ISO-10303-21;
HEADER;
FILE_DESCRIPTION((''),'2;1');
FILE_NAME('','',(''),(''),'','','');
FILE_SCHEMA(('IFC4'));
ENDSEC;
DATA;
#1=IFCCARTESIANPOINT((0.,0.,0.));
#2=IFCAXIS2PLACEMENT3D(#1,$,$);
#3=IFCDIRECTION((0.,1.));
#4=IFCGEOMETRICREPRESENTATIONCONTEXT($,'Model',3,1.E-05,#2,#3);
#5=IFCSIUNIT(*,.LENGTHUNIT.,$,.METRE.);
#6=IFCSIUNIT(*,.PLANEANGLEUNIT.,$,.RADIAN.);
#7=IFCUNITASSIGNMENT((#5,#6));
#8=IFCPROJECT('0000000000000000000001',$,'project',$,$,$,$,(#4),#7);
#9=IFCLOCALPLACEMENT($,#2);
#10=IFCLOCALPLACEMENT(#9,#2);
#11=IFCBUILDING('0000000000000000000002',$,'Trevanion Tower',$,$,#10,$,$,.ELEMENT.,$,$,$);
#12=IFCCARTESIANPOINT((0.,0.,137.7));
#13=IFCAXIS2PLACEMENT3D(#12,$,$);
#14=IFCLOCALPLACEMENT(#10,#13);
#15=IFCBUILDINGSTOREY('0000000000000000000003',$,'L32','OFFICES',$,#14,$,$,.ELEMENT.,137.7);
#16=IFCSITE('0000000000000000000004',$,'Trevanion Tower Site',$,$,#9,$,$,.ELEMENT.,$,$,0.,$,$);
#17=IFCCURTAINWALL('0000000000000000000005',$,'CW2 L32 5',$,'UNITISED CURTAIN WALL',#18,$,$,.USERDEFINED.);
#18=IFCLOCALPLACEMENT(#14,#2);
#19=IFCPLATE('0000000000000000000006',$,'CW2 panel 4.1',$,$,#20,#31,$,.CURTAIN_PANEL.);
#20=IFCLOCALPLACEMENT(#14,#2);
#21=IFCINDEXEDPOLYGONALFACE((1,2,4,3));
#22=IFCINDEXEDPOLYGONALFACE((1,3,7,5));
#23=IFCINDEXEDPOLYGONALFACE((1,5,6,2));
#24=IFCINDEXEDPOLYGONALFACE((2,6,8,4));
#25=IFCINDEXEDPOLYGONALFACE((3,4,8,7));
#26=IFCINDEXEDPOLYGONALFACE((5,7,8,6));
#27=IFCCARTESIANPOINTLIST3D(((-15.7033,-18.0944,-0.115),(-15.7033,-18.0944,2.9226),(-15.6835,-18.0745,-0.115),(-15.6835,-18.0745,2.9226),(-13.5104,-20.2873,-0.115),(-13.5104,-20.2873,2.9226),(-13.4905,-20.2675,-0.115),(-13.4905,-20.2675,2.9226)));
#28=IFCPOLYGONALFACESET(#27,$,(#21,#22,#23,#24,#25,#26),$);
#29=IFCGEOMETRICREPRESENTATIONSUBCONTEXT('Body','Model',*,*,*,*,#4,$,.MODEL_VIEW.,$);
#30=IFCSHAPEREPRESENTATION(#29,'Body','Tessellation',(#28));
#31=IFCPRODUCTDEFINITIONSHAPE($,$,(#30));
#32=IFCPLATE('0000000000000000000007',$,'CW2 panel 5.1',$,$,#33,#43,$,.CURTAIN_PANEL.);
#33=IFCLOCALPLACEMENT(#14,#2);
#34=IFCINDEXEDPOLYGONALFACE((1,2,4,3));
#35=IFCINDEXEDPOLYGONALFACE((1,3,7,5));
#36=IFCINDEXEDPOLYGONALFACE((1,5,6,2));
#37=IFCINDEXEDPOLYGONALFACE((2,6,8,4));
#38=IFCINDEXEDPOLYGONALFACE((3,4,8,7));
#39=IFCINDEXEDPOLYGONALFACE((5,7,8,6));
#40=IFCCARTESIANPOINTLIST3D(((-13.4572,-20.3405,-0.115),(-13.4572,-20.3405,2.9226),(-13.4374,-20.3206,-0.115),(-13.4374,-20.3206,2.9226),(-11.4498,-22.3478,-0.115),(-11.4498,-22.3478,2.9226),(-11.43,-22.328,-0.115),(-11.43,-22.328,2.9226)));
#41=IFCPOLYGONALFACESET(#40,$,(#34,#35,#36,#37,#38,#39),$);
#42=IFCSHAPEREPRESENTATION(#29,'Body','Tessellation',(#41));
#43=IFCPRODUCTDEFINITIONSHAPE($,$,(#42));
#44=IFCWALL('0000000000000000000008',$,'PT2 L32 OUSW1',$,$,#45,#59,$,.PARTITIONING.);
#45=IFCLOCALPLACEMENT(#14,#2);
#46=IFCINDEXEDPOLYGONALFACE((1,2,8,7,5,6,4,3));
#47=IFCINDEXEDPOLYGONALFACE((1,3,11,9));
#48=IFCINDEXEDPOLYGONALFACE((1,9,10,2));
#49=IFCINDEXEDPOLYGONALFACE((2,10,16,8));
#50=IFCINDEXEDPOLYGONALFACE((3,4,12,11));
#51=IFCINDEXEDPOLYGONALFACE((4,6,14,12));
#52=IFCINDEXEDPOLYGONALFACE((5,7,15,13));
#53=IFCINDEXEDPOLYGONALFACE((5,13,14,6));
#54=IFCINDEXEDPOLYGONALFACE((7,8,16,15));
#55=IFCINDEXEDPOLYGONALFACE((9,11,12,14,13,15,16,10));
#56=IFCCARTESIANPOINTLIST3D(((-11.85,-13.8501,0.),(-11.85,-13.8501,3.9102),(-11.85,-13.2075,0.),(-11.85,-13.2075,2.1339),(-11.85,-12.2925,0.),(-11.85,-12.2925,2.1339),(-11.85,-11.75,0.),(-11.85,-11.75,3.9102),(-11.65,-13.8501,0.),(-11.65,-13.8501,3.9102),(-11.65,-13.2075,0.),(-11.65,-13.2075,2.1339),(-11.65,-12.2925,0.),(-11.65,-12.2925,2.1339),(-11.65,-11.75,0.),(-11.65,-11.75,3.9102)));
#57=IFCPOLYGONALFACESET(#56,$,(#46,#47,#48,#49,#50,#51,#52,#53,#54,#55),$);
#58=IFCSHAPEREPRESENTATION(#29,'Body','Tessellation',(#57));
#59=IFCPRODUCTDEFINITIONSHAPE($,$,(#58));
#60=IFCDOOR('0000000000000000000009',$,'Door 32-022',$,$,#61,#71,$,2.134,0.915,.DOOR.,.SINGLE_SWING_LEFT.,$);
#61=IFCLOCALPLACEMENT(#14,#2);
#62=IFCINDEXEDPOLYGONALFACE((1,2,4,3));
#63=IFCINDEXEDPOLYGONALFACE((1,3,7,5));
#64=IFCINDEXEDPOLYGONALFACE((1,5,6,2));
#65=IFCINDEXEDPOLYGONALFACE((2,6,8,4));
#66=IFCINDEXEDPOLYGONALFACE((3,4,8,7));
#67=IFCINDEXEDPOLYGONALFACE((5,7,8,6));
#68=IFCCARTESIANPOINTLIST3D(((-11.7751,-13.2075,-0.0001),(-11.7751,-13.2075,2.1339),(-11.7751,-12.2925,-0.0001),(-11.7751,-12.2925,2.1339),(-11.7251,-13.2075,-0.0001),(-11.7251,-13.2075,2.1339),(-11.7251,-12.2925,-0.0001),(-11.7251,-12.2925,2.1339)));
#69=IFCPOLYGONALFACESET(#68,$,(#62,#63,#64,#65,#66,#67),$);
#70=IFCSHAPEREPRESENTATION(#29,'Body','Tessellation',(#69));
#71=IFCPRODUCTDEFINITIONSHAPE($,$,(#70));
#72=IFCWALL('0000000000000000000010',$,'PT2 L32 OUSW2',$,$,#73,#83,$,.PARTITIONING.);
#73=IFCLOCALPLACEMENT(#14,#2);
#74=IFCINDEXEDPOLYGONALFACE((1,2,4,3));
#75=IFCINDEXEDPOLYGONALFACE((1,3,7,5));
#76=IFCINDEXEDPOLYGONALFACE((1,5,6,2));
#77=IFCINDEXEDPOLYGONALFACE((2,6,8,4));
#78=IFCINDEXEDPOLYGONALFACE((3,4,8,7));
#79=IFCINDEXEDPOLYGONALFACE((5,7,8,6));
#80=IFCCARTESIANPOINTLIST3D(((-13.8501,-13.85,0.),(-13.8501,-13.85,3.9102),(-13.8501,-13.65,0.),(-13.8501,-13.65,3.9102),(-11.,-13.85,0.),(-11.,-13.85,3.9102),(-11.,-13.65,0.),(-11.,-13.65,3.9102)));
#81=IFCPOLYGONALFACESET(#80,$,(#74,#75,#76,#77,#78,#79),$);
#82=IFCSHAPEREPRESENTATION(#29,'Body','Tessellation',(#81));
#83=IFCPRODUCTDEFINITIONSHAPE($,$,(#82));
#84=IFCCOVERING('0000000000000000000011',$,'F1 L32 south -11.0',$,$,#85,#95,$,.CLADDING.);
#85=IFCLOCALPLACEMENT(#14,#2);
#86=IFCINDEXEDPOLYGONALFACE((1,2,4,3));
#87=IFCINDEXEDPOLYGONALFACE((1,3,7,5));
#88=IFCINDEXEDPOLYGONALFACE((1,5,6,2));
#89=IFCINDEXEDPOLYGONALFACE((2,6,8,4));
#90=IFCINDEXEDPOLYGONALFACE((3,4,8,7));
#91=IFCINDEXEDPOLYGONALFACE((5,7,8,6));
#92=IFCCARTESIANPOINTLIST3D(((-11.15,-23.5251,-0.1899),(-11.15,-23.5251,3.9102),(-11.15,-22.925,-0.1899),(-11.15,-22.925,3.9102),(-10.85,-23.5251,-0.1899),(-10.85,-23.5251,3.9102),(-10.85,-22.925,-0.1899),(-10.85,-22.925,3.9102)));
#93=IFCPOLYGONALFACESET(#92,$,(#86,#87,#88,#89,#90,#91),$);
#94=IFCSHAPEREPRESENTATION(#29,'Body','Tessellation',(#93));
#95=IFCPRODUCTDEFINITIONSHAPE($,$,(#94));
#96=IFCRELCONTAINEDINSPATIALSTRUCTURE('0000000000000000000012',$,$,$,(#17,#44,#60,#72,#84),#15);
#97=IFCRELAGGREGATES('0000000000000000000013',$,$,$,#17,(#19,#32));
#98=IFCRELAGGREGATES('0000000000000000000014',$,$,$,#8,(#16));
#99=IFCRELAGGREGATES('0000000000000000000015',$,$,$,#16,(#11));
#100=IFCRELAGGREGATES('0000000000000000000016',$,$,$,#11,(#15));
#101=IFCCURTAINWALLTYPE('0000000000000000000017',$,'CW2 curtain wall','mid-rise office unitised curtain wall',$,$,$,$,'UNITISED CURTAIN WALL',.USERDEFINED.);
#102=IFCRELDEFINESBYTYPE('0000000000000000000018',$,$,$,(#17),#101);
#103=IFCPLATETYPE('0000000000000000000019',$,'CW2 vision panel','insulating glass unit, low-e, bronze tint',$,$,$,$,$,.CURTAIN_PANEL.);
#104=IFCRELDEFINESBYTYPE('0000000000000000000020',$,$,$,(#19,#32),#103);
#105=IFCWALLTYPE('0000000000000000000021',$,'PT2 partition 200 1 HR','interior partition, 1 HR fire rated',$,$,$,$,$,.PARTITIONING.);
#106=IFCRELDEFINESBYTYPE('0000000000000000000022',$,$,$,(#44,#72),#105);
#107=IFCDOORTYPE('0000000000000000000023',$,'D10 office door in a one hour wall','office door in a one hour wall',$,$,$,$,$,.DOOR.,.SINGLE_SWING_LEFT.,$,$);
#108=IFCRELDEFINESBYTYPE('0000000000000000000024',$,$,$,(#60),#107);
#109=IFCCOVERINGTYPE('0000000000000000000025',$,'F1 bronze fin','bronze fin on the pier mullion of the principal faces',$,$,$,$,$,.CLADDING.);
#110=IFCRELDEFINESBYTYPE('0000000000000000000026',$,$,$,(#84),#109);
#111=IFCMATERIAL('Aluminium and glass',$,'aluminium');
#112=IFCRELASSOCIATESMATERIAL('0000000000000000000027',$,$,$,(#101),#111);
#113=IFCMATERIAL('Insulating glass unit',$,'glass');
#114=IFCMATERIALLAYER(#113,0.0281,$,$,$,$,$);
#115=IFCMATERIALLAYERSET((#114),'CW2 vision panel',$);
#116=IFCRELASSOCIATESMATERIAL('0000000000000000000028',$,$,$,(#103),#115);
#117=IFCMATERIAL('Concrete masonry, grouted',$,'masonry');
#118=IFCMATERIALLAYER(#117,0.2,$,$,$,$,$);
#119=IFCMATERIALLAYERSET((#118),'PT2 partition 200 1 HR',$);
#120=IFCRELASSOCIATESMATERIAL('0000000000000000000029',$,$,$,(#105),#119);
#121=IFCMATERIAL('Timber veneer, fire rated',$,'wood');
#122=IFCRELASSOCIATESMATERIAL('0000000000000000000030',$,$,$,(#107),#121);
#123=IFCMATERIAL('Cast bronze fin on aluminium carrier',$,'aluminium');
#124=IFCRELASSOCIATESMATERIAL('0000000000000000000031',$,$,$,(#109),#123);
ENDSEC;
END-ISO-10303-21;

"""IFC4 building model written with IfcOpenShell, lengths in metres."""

from ifc_helpers import new_model, si_unit, direction, frame, frame_2d, origin, origin_2d, place, context, subcontext, project, spatial, rectangle, extrude, material, layer, layer_set, type_object, element, fill, aggregate, save


model = new_model("IFC4")

# Units and contexts
model_context = context("Model", 3, precision=1e-05, world=origin(), true_north=direction((0.0, 1.0)))
body_context = subcontext(model_context, "Body", "Model", "MODEL_VIEW")
ifc_project = project(units=[si_unit("LENGTHUNIT", "METRE"), si_unit("PLANEANGLEUNIT", "RADIAN")], contexts=[model_context])

# Site, building, storey
site_placement = place(None, origin())
site = spatial("IfcSite", under=ifc_project, at=site_placement, Name="Trevanion Tower Site", CompositionType="ELEMENT", RefElevation=0.0)
building_placement = place(site_placement, origin())
building = spatial("IfcBuilding", under=site, at=building_placement, Name="Trevanion Tower", CompositionType="ELEMENT")
storey_placement = place(building_placement, frame((0.0, 0.0, 137.7)))
storey = spatial("IfcBuildingStorey", under=building, at=storey_placement, Name="L32", Description="OFFICES", CompositionType="ELEMENT", Elevation=137.7)

# Curtain wall
ifc_material_1 = material(Name="Aluminium and glass", Category="aluminium")
curtain_wall_type = type_object("IfcCurtainWallType", Name="CW2 curtain wall", Description="mid-rise office unitised curtain wall", ElementType="UNITISED CURTAIN WALL", PredefinedType="USERDEFINED", material=ifc_material_1)
curtain_wall_placement = place(storey_placement, origin())
curtain_wall = element("IfcCurtainWall", 1, at=curtain_wall_placement, inside=storey, type_object=curtain_wall_type, Name="CW2 L32 5", ObjectType="UNITISED CURTAIN WALL", PredefinedType="USERDEFINED")

# Plates
ifc_material_2 = material(Name="Insulating glass unit", Category="glass")
ifc_layer_1 = layer(ifc_material_2, 0.0281)
ifc_layer_set_1 = layer_set([ifc_layer_1], Name="CW2 vision panel")
plate_type_1 = type_object("IfcPlateType", Name="CW2 vision panel", Description="insulating glass unit, low-e, bronze tint", PredefinedType="CURTAIN_PANEL", material=ifc_layer_set_1)
plate_1_placement = place(storey_placement, frame((-14.5969, -19.1809, -0.115), z_axis=(0.0, 0.0, 1.0), x_axis=(0.707107, -0.707107, 0.0)))
plate_1 = element("IfcPlate", 2, at=plate_1_placement, type_object=plate_type_1, Name="CW2 panel 4.1", PredefinedType="CURTAIN_PANEL", context=body_context, shape_type="SweptSolid", body=[
    extrude(rectangle(XDim=3.1013, YDim=0.0281, at=origin_2d()), origin(), (0.0, 0.0, 1.0), 3.0376),
])
plate_2_placement = place(storey_placement, frame((-12.4436, -21.3342, -0.115), z_axis=(0.0, 0.0, 1.0), x_axis=(0.707107, -0.707107, 0.0)))
plate_2 = element("IfcPlate", 3, at=plate_2_placement, type_object=plate_type_1, Name="CW2 panel 5.1", PredefinedType="CURTAIN_PANEL", context=body_context, shape_type="SweptSolid", body=[
    extrude(rectangle(XDim=2.8389, YDim=0.0281, at=origin_2d()), origin(), (0.0, 0.0, 1.0), 3.0376),
])
aggregate(curtain_wall, [plate_1, plate_2])

# Wall, opening, door
ifc_material_3 = material(Name="Concrete masonry, grouted", Category="masonry")
ifc_layer_2 = layer(ifc_material_3, 0.2)
ifc_layer_set_2 = layer_set([ifc_layer_2], Name="PT2 partition 200 1 HR")
wall_type = type_object("IfcWallType", Name="PT2 partition 200 1 HR", Description="interior partition, 1 HR fire rated", PredefinedType="PARTITIONING", material=ifc_layer_set_2)
wall_1_placement = place(storey_placement, frame((-11.75, -11.75, 0.0), z_axis=(0.0, 0.0, 1.0), x_axis=(0.0, -1.0, 0.0)))
wall_1 = element("IfcWall", 4, at=wall_1_placement, inside=storey, type_object=wall_type, Name="PT2 L32 OUSW1", PredefinedType="PARTITIONING", context=body_context, shape_type="SweptSolid", body=[
    extrude(rectangle(XDim=2.1001, YDim=0.2, at=frame_2d((1.05, 0.0))), origin(), (0.0, 0.0, 1.0), 3.9102),
])
opening_placement = place(wall_1_placement, frame((0.5425, 0.0, 0.0)))
opening = element("IfcOpeningElement", 5, at=opening_placement, cuts=wall_1, PredefinedType="OPENING", context=body_context, shape_type="SweptSolid", body=[
    extrude(rectangle(XDim=0.915, YDim=2.134, at=frame_2d((0.4575, 1.0669))), frame((0.0, 0.1099, 0.0), z_axis=(0.0, -1.0, 0.0), x_axis=(1.0, 0.0, 0.0)), (0.0, 0.0, 1.0), 0.22),
])
ifc_material_4 = material(Name="Timber veneer, fire rated", Category="wood")
door_type = type_object("IfcDoorType", Name="D10 office door in a one hour wall", Description="office door in a one hour wall", OperationType="SINGLE_SWING_LEFT", PredefinedType="DOOR", material=ifc_material_4)
door_placement = place(opening_placement, origin())
door = element("IfcDoor", 6, at=door_placement, inside=storey, type_object=door_type, Name="Door 32-022", OperationType="SINGLE_SWING_LEFT", OverallHeight=2.134, OverallWidth=0.915, PredefinedType="DOOR", context=body_context, shape_type="SweptSolid", body=[
    extrude(rectangle(XDim=0.915, YDim=2.134, at=frame_2d((0.4575, 1.0669))), frame((0.0, 0.0249, 0.0), z_axis=(0.0, -1.0, 0.0), x_axis=(1.0, 0.0, 0.0)), (0.0, 0.0, 1.0), 0.05),
])
fill(opening, door)

# Wall
wall_2_placement = place(storey_placement, frame((-11.0, -13.75, 0.0), z_axis=(0.0, 0.0, 1.0), x_axis=(-1.0, 0.0, 0.0)))
element("IfcWall", 7, at=wall_2_placement, inside=storey, type_object=wall_type, Name="PT2 L32 OUSW2", PredefinedType="PARTITIONING", context=body_context, shape_type="SweptSolid", body=[
    extrude(rectangle(XDim=2.8501, YDim=0.2, at=frame_2d((1.425, 0.0))), origin(), (0.0, 0.0, 1.0), 3.9102),
])

# Covering
ifc_material_5 = material(Name="Cast bronze fin on aluminium carrier", Category="aluminium")
covering_type = type_object("IfcCoveringType", Name="F1 bronze fin", Description="bronze fin on the pier mullion of the principal faces", PredefinedType="CLADDING", material=ifc_material_5)
covering_placement = place(storey_placement, frame((-11.0, -23.2251, -0.1899), z_axis=(0.0, 0.0, 1.0), x_axis=(1.0, 0.0, 0.0)))
element("IfcCovering", 8, at=covering_placement, inside=storey, type_object=covering_type, Name="F1 L32 south -11.0", PredefinedType="CLADDING", context=body_context, shape_type="SweptSolid", body=[
    extrude(rectangle(XDim=0.3, YDim=0.6001, at=origin_2d()), origin(), (0.0, 0.0, 1.0), 4.1001),
])

save(model, "model.ifc")
